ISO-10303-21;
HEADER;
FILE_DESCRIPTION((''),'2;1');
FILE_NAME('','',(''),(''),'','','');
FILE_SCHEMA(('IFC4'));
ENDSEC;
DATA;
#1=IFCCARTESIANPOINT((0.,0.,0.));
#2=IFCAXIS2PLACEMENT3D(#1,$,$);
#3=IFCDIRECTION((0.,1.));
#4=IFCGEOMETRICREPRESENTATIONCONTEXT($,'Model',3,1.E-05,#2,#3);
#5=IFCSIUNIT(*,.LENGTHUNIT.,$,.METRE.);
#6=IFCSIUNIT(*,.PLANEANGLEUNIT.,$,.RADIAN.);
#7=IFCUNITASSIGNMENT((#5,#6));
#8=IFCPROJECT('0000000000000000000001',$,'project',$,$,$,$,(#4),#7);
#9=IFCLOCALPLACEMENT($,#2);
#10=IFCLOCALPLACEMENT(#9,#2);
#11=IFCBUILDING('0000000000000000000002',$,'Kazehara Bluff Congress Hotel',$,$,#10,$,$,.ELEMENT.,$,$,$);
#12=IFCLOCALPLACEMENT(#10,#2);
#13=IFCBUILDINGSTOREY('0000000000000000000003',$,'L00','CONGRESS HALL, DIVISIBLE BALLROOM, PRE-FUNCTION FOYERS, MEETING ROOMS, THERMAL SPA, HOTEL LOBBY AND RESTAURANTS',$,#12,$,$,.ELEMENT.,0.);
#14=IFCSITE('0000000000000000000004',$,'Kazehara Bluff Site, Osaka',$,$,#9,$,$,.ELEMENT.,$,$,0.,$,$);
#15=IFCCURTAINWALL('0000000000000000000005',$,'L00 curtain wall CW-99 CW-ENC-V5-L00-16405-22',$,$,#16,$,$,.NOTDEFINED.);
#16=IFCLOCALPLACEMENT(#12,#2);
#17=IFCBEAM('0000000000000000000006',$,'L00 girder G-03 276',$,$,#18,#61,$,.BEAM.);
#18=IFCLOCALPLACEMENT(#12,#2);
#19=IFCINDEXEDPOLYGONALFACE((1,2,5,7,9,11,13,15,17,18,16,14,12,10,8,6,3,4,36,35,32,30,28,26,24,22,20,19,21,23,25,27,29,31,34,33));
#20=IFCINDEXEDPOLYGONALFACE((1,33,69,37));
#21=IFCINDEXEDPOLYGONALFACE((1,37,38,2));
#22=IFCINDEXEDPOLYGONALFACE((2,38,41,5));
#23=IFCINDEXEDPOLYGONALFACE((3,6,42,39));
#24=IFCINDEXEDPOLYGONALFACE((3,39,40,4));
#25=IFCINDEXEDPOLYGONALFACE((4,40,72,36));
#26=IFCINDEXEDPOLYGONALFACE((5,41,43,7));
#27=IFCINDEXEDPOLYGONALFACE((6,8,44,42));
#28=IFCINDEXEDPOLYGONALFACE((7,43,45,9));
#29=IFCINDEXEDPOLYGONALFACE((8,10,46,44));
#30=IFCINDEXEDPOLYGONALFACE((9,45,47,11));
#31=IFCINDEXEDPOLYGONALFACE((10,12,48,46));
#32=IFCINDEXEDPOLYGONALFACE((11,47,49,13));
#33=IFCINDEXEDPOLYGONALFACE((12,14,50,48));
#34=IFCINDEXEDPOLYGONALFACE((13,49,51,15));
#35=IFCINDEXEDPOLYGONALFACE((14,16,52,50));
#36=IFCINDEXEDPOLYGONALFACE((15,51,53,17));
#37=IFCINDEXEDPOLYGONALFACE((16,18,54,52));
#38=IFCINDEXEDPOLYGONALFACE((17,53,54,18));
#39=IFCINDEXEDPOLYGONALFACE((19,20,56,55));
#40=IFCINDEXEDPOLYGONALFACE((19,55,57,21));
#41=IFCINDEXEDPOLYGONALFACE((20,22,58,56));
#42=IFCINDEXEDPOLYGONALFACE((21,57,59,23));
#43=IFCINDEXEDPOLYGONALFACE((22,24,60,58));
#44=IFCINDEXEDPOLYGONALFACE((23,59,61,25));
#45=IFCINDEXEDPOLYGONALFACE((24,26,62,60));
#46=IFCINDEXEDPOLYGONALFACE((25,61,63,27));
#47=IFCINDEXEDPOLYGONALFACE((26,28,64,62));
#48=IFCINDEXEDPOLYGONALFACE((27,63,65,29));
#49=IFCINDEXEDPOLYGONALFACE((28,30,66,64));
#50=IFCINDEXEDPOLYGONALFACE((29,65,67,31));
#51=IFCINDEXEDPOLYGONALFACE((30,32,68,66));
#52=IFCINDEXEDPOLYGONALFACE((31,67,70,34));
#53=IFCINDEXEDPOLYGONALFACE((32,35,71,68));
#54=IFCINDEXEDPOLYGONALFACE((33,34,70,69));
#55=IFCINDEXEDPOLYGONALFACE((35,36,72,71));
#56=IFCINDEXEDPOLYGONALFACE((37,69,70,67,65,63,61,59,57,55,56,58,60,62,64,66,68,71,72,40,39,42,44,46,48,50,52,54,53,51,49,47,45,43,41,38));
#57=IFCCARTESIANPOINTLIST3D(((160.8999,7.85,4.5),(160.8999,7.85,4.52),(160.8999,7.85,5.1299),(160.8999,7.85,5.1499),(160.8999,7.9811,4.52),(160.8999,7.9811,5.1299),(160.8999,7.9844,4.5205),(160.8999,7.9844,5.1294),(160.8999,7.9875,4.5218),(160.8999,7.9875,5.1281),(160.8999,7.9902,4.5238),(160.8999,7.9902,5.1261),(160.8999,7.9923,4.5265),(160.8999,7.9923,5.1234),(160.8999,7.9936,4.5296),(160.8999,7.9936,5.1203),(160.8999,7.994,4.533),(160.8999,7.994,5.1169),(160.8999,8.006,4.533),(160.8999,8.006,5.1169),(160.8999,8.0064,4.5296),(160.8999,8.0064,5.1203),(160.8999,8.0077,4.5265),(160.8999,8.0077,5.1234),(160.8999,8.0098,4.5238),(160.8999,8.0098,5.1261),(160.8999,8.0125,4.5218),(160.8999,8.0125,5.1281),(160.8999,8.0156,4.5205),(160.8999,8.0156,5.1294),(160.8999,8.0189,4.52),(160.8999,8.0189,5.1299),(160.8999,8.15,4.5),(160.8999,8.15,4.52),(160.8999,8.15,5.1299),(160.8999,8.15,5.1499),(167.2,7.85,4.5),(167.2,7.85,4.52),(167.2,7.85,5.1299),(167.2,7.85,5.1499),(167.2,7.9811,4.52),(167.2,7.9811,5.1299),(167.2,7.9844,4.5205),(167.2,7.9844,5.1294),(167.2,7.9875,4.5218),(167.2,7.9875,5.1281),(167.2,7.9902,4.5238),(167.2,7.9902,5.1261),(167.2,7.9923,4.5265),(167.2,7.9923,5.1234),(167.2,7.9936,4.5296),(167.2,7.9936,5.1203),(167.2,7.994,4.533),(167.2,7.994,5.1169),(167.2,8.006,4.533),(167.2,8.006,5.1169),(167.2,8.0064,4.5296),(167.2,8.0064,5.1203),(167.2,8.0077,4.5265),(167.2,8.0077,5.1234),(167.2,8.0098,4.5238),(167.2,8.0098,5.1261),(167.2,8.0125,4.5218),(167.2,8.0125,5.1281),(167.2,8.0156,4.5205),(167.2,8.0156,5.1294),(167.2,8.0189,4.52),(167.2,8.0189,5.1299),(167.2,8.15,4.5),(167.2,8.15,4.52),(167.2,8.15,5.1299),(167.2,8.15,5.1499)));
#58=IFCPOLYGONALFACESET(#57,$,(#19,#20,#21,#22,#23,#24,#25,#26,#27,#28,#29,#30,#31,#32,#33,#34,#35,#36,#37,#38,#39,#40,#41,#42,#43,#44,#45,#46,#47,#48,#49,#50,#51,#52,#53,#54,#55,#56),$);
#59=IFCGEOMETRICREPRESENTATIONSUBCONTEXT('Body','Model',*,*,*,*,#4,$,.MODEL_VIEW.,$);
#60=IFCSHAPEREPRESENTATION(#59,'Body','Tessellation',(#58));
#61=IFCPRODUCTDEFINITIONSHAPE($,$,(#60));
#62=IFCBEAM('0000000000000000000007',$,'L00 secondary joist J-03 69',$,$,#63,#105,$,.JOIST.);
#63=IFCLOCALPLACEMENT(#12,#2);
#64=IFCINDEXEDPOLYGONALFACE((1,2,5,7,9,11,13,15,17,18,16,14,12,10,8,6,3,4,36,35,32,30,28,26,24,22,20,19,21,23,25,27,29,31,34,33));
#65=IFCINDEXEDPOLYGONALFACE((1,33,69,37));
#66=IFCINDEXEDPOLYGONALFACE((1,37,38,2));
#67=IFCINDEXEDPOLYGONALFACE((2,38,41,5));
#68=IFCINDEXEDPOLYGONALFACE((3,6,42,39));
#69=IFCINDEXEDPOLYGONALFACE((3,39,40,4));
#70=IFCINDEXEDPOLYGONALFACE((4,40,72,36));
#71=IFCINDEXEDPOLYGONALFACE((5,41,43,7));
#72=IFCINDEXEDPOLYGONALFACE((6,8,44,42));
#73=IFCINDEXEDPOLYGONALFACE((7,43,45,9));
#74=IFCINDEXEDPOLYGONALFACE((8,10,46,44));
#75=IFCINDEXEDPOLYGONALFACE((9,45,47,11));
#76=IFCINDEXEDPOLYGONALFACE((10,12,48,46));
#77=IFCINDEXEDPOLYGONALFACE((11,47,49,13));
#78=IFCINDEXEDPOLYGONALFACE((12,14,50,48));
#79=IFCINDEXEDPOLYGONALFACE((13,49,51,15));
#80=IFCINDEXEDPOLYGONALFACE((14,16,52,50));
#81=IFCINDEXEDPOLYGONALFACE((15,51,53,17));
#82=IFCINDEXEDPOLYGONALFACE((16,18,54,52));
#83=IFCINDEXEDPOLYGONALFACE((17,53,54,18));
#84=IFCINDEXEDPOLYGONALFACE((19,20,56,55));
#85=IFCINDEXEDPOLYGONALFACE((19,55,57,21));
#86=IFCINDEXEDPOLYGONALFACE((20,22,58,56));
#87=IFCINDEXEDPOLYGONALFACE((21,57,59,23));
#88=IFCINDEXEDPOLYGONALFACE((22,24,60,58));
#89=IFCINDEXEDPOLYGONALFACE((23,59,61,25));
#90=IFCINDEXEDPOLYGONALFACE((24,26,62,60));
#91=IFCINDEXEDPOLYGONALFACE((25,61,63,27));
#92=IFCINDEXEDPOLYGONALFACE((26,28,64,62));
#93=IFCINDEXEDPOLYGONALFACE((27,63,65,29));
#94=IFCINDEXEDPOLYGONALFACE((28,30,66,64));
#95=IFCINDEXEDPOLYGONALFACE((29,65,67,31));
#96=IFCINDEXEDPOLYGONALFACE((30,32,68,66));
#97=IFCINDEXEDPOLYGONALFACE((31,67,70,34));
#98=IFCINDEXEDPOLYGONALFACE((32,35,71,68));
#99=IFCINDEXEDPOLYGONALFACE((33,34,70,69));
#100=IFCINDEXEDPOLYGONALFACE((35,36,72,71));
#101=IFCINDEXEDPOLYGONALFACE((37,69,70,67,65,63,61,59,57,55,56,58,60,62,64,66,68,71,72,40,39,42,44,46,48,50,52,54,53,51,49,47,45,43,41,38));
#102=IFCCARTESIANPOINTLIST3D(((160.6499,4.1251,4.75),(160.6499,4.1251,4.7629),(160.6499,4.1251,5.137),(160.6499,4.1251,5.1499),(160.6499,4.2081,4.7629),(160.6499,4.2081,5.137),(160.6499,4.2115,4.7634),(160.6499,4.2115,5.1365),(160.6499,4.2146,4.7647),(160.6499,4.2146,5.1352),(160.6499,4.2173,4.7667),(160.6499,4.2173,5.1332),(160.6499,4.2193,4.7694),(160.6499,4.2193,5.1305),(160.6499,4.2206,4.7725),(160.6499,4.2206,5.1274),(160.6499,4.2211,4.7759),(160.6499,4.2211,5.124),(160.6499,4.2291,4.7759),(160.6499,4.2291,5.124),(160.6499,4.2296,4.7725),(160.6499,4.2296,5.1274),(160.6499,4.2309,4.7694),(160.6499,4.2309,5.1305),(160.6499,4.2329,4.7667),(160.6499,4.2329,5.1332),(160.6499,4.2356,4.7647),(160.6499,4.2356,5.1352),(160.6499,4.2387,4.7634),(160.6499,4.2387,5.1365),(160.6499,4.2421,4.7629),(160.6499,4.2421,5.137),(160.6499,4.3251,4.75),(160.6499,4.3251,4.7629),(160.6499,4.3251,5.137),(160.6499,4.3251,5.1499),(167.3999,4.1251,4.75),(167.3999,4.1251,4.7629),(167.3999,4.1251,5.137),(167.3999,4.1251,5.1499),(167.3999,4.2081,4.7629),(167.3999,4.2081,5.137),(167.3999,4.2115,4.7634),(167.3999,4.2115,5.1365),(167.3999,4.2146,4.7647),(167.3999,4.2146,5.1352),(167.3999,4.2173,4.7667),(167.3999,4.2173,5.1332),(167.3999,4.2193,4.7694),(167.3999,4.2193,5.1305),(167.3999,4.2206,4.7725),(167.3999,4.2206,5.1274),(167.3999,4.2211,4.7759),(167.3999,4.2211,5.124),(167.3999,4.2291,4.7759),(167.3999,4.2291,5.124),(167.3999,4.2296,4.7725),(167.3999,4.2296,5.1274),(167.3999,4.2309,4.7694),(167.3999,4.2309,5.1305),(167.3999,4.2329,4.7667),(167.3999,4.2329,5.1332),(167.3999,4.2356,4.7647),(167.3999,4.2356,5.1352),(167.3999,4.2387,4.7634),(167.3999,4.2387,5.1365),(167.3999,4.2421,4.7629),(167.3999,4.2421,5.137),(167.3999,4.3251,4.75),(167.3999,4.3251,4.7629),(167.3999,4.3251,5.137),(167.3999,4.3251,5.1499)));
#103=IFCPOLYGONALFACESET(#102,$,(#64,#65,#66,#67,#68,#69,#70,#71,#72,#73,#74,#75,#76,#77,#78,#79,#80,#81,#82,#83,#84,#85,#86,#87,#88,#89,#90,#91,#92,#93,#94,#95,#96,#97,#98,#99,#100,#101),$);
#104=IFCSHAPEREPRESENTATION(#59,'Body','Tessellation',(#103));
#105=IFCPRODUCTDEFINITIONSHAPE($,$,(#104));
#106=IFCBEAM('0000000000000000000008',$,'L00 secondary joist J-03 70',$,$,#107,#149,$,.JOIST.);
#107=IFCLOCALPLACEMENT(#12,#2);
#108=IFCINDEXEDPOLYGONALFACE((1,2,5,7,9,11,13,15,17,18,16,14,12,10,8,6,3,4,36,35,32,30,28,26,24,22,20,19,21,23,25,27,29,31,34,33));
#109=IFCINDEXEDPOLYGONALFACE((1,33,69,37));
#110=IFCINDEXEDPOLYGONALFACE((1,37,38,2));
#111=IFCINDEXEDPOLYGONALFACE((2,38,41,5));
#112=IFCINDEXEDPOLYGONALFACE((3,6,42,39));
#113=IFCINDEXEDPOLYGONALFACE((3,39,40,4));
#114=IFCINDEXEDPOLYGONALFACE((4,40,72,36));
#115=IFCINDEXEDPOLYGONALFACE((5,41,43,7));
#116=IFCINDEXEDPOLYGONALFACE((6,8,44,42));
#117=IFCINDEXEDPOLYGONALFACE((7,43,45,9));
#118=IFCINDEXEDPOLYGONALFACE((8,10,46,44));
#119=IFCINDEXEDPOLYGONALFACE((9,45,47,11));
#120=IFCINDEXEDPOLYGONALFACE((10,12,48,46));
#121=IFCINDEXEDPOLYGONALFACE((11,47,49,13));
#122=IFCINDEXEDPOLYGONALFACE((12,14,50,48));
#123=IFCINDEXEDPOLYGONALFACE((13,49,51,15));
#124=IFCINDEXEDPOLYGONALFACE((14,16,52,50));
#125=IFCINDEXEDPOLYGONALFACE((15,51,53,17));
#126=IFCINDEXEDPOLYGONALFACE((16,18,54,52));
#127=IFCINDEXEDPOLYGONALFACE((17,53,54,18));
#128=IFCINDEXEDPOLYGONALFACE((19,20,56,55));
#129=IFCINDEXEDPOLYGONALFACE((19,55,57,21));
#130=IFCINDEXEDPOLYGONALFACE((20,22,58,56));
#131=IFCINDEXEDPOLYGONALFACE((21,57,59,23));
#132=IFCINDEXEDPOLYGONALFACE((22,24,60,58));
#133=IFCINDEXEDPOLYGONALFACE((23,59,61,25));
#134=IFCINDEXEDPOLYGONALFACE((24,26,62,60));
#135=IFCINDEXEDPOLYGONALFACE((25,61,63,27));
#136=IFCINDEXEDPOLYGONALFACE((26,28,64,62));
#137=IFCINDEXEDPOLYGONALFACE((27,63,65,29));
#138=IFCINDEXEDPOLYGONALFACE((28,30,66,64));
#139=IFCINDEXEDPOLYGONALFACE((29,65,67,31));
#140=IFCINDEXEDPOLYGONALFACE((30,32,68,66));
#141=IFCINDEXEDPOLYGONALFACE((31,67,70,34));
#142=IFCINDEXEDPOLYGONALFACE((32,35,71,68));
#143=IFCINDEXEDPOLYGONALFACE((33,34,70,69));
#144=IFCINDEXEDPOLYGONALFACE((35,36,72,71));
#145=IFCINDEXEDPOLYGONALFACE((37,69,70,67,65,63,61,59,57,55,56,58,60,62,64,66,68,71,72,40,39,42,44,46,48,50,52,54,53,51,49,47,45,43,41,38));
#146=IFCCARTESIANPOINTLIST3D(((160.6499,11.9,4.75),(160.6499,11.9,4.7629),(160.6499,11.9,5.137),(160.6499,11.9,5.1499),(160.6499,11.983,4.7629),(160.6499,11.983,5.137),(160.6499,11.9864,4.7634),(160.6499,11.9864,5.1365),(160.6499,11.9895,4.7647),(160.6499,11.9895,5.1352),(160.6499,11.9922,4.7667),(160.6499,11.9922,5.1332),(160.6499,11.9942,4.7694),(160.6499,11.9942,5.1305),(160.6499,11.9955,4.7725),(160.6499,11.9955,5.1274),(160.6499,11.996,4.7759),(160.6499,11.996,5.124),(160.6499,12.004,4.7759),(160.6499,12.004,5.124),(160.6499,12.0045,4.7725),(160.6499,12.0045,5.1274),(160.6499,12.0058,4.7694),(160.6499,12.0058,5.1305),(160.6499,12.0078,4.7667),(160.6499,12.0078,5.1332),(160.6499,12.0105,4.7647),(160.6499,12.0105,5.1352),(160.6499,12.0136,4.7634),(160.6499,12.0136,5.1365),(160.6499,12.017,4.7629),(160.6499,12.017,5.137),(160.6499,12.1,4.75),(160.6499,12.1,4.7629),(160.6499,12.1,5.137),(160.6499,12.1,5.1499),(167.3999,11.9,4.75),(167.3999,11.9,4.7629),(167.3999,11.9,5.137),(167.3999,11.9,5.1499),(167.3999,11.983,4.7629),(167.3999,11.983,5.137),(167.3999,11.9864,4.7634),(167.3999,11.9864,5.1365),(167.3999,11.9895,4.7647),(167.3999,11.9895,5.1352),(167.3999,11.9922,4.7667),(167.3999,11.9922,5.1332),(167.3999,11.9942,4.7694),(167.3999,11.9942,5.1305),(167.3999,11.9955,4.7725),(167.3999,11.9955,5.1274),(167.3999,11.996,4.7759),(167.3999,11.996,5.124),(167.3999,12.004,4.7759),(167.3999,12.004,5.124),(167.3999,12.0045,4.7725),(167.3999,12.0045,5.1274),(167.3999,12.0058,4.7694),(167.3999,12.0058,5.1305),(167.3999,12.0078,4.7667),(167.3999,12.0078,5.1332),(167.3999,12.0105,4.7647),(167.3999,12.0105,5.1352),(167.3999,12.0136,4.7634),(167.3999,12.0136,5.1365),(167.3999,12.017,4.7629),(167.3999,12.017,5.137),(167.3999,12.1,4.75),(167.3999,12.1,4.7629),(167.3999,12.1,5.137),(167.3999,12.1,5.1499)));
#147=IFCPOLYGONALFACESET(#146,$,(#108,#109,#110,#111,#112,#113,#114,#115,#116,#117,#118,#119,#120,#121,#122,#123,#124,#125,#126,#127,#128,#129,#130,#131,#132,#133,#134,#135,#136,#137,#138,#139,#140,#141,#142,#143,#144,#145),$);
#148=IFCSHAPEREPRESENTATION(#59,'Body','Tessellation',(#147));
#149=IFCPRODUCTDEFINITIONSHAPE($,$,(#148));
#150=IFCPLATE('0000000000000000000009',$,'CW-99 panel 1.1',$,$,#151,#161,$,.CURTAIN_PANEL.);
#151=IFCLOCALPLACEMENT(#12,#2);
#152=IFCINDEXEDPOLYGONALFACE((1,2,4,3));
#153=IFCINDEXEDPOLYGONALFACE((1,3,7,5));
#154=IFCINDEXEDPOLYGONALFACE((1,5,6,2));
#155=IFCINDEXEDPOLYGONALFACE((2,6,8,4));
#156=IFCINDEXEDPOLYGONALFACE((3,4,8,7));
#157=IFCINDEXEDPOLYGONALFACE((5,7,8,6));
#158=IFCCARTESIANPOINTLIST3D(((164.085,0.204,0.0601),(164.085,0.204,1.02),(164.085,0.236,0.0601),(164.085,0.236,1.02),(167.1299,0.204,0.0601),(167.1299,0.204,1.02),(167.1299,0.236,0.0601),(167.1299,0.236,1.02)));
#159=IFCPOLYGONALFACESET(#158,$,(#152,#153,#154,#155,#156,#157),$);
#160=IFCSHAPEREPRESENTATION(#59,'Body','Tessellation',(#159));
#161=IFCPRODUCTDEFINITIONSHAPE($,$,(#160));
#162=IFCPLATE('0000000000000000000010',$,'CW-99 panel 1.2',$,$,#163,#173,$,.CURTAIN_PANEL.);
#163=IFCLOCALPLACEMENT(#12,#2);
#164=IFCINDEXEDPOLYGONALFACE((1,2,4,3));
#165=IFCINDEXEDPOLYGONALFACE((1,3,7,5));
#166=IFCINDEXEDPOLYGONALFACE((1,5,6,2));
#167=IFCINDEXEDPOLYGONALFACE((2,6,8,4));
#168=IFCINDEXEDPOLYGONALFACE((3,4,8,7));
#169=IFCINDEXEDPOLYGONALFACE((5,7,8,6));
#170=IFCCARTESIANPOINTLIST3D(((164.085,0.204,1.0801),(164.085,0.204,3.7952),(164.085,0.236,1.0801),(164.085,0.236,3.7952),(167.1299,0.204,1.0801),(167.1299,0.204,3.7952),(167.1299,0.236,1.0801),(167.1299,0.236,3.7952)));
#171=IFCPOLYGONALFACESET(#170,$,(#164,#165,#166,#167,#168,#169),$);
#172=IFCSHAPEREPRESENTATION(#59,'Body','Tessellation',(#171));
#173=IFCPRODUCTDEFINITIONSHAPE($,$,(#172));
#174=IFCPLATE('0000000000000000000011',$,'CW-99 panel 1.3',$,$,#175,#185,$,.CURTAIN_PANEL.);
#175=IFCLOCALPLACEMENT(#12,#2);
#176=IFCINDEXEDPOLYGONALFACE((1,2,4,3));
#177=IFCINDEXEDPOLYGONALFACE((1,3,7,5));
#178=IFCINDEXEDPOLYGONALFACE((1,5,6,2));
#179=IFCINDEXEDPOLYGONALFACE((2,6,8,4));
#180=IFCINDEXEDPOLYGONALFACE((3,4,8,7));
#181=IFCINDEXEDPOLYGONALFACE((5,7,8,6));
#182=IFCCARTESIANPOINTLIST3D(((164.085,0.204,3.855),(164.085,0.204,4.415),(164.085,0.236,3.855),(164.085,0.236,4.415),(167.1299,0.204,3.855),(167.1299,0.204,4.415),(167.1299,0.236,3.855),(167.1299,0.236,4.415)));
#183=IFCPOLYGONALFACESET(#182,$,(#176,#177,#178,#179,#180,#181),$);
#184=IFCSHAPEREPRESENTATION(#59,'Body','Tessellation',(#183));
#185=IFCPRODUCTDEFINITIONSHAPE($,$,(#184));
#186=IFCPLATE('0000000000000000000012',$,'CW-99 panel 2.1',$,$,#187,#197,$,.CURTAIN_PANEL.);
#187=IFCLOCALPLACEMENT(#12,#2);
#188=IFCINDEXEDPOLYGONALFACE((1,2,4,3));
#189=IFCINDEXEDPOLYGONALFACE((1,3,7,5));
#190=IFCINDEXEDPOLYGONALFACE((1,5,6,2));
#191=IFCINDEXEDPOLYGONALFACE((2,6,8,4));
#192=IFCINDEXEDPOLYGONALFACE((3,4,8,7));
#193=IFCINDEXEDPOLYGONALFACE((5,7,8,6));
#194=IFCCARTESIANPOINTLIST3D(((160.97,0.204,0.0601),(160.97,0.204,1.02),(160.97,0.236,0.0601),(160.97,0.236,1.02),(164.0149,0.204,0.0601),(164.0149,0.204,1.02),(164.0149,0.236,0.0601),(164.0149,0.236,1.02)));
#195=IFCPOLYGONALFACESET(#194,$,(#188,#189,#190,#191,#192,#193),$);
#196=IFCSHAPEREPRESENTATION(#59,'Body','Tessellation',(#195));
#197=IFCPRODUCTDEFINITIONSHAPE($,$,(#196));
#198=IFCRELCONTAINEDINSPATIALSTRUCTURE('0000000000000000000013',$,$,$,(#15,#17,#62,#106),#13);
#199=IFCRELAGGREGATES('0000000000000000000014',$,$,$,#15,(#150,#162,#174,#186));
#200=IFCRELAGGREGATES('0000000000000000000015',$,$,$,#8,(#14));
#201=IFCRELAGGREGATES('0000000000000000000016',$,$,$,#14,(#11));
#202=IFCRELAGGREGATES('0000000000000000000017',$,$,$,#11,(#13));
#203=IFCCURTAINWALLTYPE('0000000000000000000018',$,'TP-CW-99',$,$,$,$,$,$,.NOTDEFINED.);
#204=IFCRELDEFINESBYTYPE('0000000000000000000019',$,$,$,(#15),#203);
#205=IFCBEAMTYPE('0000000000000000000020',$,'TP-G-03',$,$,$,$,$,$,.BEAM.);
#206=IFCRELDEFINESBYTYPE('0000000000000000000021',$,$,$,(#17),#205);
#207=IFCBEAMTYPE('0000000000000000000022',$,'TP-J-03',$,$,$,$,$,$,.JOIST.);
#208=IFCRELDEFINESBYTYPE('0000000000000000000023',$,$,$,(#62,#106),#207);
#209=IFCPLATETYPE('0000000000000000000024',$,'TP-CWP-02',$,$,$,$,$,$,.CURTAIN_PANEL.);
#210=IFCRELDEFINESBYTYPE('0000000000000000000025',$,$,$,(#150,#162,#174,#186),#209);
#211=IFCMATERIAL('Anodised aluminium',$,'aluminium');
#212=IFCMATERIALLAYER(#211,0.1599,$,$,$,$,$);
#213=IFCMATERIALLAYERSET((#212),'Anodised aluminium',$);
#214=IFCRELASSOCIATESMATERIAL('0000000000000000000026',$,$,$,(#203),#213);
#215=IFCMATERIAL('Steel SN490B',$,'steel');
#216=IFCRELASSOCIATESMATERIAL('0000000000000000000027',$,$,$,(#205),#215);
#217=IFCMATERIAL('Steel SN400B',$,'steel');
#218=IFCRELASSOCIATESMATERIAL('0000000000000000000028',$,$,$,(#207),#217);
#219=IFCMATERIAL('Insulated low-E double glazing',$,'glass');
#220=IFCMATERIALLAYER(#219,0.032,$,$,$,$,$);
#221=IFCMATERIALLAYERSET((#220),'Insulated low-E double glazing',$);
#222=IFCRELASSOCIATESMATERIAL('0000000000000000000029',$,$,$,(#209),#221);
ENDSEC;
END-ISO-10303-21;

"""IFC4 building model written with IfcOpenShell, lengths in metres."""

from ifc_helpers import new_model, si_unit, direction, frame, origin, origin_2d, place, context, subcontext, project, spatial, rectangle, i_section, extrude, material, layer, layer_set, material_profile, profile_set, type_object, element, aggregate, save


model = new_model("IFC4")

# Units and contexts
model_context = context("Model", 3, precision=1e-05, world=origin(), true_north=direction((0.0, 1.0)))
body_context = subcontext(model_context, "Body", "Model", "MODEL_VIEW")
ifc_project = project(units=[si_unit("LENGTHUNIT", "METRE"), si_unit("PLANEANGLEUNIT", "RADIAN")], contexts=[model_context])

# Site, building, storey
site_placement = place(None, origin())
site = spatial("IfcSite", under=ifc_project, at=site_placement, Name="Kazehara Bluff Site, Osaka", CompositionType="ELEMENT", RefElevation=0.0)
building_placement = place(site_placement, origin())
building = spatial("IfcBuilding", under=site, at=building_placement, Name="Kazehara Bluff Congress Hotel", CompositionType="ELEMENT")
storey_placement = place(building_placement, origin())
storey = spatial("IfcBuildingStorey", under=building, at=storey_placement, Name="L00", Description="CONGRESS HALL, DIVISIBLE BALLROOM, PRE-FUNCTION FOYERS, MEETING ROOMS, THERMAL SPA, HOTEL LOBBY AND RESTAURANTS", CompositionType="ELEMENT", Elevation=0.0)

# Curtain wall
ifc_material_1 = material(Name="Anodised aluminium", Category="aluminium")
ifc_layer_1 = layer(ifc_material_1, 0.1599)
ifc_layer_set_1 = layer_set([ifc_layer_1], Name="Anodised aluminium")
curtain_wall_type = type_object("IfcCurtainWallType", Name="TP-CW-99", PredefinedType="NOTDEFINED", material=ifc_layer_set_1)
curtain_wall_placement = place(storey_placement, origin())
curtain_wall = element("IfcCurtainWall", 1, at=curtain_wall_placement, inside=storey, type_object=curtain_wall_type, Name="L00 curtain wall CW-99 CW-ENC-V5-L00-16405-22", PredefinedType="NOTDEFINED")

# Beams
ifc_material_2 = material(Name="Steel SN490B", Category="steel")
ifc_material_profile_1 = material_profile(ifc_material_2, i_section(OverallWidth=0.3, OverallDepth=0.6499, WebThickness=0.012, FlangeThickness=0.02, FilletRadius=0.0129, at=origin_2d()))
ifc_profile_set_1 = profile_set([ifc_material_profile_1], Name="Steel SN490B")
beam_type_1 = type_object("IfcBeamType", Name="TP-G-03", PredefinedType="BEAM", material=ifc_profile_set_1)
for number, where, z_axis, x_axis, name in (
    (2, (160.8999, 8.0, 4.825), (1.0, 0.0, 0.0), (0.0, 1.0, 0.0), "L00 girder G-03 276"),
):
    element("IfcBeam", number, at=place(storey_placement, frame(where, z_axis=z_axis, x_axis=x_axis)), inside=storey, type_object=beam_type_1, Name=name, PredefinedType="BEAM", context=body_context, shape_type="SweptSolid", body=[
        extrude(i_section(OverallWidth=0.3, OverallDepth=0.6499, WebThickness=0.012, FlangeThickness=0.02, FilletRadius=0.0129, at=origin_2d()), origin(), (0.0, 0.0, 1.0), 6.3),
    ])
ifc_material_3 = material(Name="Steel SN400B", Category="steel")
ifc_material_profile_2 = material_profile(ifc_material_3, i_section(OverallWidth=0.2, OverallDepth=0.3999, WebThickness=0.0081, FlangeThickness=0.0129, FilletRadius=0.0129, at=origin_2d()))
ifc_profile_set_2 = profile_set([ifc_material_profile_2], Name="Steel SN400B")
beam_type_2 = type_object("IfcBeamType", Name="TP-J-03", PredefinedType="JOIST", material=ifc_profile_set_2)
for number, where, z_axis, x_axis, name in (
    (3, (160.6499, 4.2251, 4.95), (1.0, 0.0, 0.0), (0.0, 1.0, 0.0), "L00 secondary joist J-03 69"),
    (4, (160.6499, 12.0, 4.95), (1.0, 0.0, 0.0), (0.0, 1.0, 0.0), "L00 secondary joist J-03 70"),
):
    element("IfcBeam", number, at=place(storey_placement, frame(where, z_axis=z_axis, x_axis=x_axis)), inside=storey, type_object=beam_type_2, Name=name, PredefinedType="JOIST", context=body_context, shape_type="SweptSolid", body=[
        extrude(i_section(OverallWidth=0.2, OverallDepth=0.3999, WebThickness=0.0081, FlangeThickness=0.0129, FilletRadius=0.0129, at=origin_2d()), origin(), (0.0, 0.0, 1.0), 6.75),
    ])

# Plates
ifc_material_4 = material(Name="Insulated low-E double glazing", Category="glass")
ifc_layer_2 = layer(ifc_material_4, 0.032)
ifc_layer_set_2 = layer_set([ifc_layer_2], Name="Insulated low-E double glazing")
plate_type = type_object("IfcPlateType", Name="TP-CWP-02", PredefinedType="CURTAIN_PANEL", material=ifc_layer_set_2)
plate_1_placement = place(storey_placement, frame((165.6074, 0.22, 0.0601), z_axis=(0.0, 0.0, 1.0), x_axis=(-1.0, 0.0, 0.0)))
plate_1 = element("IfcPlate", 5, at=plate_1_placement, type_object=plate_type, Name="CW-99 panel 1.1", PredefinedType="CURTAIN_PANEL", context=body_context, shape_type="SweptSolid", body=[
    extrude(rectangle(XDim=3.0449, YDim=0.032, at=origin_2d()), origin(), (0.0, 0.0, 1.0), 0.96),
])
plate_2_placement = place(storey_placement, frame((165.6074, 0.22, 1.0801), z_axis=(0.0, 0.0, 1.0), x_axis=(-1.0, 0.0, 0.0)))
plate_2 = element("IfcPlate", 6, at=plate_2_placement, type_object=plate_type, Name="CW-99 panel 1.2", PredefinedType="CURTAIN_PANEL", context=body_context, shape_type="SweptSolid", body=[
    extrude(rectangle(XDim=3.0449, YDim=0.032, at=origin_2d()), origin(), (0.0, 0.0, 1.0), 2.7151),
])
plate_3_placement = place(storey_placement, frame((165.6074, 0.22, 3.855), z_axis=(0.0, 0.0, 1.0), x_axis=(-1.0, 0.0, 0.0)))
plate_3 = element("IfcPlate", 7, at=plate_3_placement, type_object=plate_type, Name="CW-99 panel 1.3", PredefinedType="CURTAIN_PANEL", context=body_context, shape_type="SweptSolid", body=[
    extrude(rectangle(XDim=3.0449, YDim=0.032, at=origin_2d()), origin(), (0.0, 0.0, 1.0), 0.5601),
])
plate_4_placement = place(storey_placement, frame((162.4924, 0.22, 0.0601), z_axis=(0.0, 0.0, 1.0), x_axis=(-1.0, 0.0, 0.0)))
plate_4 = element("IfcPlate", 8, at=plate_4_placement, type_object=plate_type, Name="CW-99 panel 2.1", PredefinedType="CURTAIN_PANEL", context=body_context, shape_type="SweptSolid", body=[
    extrude(rectangle(XDim=3.0449, YDim=0.032, at=origin_2d()), origin(), (0.0, 0.0, 1.0), 0.96),
])
aggregate(curtain_wall, [plate_1, plate_2, plate_3, plate_4])

save(model, "model.ifc")
